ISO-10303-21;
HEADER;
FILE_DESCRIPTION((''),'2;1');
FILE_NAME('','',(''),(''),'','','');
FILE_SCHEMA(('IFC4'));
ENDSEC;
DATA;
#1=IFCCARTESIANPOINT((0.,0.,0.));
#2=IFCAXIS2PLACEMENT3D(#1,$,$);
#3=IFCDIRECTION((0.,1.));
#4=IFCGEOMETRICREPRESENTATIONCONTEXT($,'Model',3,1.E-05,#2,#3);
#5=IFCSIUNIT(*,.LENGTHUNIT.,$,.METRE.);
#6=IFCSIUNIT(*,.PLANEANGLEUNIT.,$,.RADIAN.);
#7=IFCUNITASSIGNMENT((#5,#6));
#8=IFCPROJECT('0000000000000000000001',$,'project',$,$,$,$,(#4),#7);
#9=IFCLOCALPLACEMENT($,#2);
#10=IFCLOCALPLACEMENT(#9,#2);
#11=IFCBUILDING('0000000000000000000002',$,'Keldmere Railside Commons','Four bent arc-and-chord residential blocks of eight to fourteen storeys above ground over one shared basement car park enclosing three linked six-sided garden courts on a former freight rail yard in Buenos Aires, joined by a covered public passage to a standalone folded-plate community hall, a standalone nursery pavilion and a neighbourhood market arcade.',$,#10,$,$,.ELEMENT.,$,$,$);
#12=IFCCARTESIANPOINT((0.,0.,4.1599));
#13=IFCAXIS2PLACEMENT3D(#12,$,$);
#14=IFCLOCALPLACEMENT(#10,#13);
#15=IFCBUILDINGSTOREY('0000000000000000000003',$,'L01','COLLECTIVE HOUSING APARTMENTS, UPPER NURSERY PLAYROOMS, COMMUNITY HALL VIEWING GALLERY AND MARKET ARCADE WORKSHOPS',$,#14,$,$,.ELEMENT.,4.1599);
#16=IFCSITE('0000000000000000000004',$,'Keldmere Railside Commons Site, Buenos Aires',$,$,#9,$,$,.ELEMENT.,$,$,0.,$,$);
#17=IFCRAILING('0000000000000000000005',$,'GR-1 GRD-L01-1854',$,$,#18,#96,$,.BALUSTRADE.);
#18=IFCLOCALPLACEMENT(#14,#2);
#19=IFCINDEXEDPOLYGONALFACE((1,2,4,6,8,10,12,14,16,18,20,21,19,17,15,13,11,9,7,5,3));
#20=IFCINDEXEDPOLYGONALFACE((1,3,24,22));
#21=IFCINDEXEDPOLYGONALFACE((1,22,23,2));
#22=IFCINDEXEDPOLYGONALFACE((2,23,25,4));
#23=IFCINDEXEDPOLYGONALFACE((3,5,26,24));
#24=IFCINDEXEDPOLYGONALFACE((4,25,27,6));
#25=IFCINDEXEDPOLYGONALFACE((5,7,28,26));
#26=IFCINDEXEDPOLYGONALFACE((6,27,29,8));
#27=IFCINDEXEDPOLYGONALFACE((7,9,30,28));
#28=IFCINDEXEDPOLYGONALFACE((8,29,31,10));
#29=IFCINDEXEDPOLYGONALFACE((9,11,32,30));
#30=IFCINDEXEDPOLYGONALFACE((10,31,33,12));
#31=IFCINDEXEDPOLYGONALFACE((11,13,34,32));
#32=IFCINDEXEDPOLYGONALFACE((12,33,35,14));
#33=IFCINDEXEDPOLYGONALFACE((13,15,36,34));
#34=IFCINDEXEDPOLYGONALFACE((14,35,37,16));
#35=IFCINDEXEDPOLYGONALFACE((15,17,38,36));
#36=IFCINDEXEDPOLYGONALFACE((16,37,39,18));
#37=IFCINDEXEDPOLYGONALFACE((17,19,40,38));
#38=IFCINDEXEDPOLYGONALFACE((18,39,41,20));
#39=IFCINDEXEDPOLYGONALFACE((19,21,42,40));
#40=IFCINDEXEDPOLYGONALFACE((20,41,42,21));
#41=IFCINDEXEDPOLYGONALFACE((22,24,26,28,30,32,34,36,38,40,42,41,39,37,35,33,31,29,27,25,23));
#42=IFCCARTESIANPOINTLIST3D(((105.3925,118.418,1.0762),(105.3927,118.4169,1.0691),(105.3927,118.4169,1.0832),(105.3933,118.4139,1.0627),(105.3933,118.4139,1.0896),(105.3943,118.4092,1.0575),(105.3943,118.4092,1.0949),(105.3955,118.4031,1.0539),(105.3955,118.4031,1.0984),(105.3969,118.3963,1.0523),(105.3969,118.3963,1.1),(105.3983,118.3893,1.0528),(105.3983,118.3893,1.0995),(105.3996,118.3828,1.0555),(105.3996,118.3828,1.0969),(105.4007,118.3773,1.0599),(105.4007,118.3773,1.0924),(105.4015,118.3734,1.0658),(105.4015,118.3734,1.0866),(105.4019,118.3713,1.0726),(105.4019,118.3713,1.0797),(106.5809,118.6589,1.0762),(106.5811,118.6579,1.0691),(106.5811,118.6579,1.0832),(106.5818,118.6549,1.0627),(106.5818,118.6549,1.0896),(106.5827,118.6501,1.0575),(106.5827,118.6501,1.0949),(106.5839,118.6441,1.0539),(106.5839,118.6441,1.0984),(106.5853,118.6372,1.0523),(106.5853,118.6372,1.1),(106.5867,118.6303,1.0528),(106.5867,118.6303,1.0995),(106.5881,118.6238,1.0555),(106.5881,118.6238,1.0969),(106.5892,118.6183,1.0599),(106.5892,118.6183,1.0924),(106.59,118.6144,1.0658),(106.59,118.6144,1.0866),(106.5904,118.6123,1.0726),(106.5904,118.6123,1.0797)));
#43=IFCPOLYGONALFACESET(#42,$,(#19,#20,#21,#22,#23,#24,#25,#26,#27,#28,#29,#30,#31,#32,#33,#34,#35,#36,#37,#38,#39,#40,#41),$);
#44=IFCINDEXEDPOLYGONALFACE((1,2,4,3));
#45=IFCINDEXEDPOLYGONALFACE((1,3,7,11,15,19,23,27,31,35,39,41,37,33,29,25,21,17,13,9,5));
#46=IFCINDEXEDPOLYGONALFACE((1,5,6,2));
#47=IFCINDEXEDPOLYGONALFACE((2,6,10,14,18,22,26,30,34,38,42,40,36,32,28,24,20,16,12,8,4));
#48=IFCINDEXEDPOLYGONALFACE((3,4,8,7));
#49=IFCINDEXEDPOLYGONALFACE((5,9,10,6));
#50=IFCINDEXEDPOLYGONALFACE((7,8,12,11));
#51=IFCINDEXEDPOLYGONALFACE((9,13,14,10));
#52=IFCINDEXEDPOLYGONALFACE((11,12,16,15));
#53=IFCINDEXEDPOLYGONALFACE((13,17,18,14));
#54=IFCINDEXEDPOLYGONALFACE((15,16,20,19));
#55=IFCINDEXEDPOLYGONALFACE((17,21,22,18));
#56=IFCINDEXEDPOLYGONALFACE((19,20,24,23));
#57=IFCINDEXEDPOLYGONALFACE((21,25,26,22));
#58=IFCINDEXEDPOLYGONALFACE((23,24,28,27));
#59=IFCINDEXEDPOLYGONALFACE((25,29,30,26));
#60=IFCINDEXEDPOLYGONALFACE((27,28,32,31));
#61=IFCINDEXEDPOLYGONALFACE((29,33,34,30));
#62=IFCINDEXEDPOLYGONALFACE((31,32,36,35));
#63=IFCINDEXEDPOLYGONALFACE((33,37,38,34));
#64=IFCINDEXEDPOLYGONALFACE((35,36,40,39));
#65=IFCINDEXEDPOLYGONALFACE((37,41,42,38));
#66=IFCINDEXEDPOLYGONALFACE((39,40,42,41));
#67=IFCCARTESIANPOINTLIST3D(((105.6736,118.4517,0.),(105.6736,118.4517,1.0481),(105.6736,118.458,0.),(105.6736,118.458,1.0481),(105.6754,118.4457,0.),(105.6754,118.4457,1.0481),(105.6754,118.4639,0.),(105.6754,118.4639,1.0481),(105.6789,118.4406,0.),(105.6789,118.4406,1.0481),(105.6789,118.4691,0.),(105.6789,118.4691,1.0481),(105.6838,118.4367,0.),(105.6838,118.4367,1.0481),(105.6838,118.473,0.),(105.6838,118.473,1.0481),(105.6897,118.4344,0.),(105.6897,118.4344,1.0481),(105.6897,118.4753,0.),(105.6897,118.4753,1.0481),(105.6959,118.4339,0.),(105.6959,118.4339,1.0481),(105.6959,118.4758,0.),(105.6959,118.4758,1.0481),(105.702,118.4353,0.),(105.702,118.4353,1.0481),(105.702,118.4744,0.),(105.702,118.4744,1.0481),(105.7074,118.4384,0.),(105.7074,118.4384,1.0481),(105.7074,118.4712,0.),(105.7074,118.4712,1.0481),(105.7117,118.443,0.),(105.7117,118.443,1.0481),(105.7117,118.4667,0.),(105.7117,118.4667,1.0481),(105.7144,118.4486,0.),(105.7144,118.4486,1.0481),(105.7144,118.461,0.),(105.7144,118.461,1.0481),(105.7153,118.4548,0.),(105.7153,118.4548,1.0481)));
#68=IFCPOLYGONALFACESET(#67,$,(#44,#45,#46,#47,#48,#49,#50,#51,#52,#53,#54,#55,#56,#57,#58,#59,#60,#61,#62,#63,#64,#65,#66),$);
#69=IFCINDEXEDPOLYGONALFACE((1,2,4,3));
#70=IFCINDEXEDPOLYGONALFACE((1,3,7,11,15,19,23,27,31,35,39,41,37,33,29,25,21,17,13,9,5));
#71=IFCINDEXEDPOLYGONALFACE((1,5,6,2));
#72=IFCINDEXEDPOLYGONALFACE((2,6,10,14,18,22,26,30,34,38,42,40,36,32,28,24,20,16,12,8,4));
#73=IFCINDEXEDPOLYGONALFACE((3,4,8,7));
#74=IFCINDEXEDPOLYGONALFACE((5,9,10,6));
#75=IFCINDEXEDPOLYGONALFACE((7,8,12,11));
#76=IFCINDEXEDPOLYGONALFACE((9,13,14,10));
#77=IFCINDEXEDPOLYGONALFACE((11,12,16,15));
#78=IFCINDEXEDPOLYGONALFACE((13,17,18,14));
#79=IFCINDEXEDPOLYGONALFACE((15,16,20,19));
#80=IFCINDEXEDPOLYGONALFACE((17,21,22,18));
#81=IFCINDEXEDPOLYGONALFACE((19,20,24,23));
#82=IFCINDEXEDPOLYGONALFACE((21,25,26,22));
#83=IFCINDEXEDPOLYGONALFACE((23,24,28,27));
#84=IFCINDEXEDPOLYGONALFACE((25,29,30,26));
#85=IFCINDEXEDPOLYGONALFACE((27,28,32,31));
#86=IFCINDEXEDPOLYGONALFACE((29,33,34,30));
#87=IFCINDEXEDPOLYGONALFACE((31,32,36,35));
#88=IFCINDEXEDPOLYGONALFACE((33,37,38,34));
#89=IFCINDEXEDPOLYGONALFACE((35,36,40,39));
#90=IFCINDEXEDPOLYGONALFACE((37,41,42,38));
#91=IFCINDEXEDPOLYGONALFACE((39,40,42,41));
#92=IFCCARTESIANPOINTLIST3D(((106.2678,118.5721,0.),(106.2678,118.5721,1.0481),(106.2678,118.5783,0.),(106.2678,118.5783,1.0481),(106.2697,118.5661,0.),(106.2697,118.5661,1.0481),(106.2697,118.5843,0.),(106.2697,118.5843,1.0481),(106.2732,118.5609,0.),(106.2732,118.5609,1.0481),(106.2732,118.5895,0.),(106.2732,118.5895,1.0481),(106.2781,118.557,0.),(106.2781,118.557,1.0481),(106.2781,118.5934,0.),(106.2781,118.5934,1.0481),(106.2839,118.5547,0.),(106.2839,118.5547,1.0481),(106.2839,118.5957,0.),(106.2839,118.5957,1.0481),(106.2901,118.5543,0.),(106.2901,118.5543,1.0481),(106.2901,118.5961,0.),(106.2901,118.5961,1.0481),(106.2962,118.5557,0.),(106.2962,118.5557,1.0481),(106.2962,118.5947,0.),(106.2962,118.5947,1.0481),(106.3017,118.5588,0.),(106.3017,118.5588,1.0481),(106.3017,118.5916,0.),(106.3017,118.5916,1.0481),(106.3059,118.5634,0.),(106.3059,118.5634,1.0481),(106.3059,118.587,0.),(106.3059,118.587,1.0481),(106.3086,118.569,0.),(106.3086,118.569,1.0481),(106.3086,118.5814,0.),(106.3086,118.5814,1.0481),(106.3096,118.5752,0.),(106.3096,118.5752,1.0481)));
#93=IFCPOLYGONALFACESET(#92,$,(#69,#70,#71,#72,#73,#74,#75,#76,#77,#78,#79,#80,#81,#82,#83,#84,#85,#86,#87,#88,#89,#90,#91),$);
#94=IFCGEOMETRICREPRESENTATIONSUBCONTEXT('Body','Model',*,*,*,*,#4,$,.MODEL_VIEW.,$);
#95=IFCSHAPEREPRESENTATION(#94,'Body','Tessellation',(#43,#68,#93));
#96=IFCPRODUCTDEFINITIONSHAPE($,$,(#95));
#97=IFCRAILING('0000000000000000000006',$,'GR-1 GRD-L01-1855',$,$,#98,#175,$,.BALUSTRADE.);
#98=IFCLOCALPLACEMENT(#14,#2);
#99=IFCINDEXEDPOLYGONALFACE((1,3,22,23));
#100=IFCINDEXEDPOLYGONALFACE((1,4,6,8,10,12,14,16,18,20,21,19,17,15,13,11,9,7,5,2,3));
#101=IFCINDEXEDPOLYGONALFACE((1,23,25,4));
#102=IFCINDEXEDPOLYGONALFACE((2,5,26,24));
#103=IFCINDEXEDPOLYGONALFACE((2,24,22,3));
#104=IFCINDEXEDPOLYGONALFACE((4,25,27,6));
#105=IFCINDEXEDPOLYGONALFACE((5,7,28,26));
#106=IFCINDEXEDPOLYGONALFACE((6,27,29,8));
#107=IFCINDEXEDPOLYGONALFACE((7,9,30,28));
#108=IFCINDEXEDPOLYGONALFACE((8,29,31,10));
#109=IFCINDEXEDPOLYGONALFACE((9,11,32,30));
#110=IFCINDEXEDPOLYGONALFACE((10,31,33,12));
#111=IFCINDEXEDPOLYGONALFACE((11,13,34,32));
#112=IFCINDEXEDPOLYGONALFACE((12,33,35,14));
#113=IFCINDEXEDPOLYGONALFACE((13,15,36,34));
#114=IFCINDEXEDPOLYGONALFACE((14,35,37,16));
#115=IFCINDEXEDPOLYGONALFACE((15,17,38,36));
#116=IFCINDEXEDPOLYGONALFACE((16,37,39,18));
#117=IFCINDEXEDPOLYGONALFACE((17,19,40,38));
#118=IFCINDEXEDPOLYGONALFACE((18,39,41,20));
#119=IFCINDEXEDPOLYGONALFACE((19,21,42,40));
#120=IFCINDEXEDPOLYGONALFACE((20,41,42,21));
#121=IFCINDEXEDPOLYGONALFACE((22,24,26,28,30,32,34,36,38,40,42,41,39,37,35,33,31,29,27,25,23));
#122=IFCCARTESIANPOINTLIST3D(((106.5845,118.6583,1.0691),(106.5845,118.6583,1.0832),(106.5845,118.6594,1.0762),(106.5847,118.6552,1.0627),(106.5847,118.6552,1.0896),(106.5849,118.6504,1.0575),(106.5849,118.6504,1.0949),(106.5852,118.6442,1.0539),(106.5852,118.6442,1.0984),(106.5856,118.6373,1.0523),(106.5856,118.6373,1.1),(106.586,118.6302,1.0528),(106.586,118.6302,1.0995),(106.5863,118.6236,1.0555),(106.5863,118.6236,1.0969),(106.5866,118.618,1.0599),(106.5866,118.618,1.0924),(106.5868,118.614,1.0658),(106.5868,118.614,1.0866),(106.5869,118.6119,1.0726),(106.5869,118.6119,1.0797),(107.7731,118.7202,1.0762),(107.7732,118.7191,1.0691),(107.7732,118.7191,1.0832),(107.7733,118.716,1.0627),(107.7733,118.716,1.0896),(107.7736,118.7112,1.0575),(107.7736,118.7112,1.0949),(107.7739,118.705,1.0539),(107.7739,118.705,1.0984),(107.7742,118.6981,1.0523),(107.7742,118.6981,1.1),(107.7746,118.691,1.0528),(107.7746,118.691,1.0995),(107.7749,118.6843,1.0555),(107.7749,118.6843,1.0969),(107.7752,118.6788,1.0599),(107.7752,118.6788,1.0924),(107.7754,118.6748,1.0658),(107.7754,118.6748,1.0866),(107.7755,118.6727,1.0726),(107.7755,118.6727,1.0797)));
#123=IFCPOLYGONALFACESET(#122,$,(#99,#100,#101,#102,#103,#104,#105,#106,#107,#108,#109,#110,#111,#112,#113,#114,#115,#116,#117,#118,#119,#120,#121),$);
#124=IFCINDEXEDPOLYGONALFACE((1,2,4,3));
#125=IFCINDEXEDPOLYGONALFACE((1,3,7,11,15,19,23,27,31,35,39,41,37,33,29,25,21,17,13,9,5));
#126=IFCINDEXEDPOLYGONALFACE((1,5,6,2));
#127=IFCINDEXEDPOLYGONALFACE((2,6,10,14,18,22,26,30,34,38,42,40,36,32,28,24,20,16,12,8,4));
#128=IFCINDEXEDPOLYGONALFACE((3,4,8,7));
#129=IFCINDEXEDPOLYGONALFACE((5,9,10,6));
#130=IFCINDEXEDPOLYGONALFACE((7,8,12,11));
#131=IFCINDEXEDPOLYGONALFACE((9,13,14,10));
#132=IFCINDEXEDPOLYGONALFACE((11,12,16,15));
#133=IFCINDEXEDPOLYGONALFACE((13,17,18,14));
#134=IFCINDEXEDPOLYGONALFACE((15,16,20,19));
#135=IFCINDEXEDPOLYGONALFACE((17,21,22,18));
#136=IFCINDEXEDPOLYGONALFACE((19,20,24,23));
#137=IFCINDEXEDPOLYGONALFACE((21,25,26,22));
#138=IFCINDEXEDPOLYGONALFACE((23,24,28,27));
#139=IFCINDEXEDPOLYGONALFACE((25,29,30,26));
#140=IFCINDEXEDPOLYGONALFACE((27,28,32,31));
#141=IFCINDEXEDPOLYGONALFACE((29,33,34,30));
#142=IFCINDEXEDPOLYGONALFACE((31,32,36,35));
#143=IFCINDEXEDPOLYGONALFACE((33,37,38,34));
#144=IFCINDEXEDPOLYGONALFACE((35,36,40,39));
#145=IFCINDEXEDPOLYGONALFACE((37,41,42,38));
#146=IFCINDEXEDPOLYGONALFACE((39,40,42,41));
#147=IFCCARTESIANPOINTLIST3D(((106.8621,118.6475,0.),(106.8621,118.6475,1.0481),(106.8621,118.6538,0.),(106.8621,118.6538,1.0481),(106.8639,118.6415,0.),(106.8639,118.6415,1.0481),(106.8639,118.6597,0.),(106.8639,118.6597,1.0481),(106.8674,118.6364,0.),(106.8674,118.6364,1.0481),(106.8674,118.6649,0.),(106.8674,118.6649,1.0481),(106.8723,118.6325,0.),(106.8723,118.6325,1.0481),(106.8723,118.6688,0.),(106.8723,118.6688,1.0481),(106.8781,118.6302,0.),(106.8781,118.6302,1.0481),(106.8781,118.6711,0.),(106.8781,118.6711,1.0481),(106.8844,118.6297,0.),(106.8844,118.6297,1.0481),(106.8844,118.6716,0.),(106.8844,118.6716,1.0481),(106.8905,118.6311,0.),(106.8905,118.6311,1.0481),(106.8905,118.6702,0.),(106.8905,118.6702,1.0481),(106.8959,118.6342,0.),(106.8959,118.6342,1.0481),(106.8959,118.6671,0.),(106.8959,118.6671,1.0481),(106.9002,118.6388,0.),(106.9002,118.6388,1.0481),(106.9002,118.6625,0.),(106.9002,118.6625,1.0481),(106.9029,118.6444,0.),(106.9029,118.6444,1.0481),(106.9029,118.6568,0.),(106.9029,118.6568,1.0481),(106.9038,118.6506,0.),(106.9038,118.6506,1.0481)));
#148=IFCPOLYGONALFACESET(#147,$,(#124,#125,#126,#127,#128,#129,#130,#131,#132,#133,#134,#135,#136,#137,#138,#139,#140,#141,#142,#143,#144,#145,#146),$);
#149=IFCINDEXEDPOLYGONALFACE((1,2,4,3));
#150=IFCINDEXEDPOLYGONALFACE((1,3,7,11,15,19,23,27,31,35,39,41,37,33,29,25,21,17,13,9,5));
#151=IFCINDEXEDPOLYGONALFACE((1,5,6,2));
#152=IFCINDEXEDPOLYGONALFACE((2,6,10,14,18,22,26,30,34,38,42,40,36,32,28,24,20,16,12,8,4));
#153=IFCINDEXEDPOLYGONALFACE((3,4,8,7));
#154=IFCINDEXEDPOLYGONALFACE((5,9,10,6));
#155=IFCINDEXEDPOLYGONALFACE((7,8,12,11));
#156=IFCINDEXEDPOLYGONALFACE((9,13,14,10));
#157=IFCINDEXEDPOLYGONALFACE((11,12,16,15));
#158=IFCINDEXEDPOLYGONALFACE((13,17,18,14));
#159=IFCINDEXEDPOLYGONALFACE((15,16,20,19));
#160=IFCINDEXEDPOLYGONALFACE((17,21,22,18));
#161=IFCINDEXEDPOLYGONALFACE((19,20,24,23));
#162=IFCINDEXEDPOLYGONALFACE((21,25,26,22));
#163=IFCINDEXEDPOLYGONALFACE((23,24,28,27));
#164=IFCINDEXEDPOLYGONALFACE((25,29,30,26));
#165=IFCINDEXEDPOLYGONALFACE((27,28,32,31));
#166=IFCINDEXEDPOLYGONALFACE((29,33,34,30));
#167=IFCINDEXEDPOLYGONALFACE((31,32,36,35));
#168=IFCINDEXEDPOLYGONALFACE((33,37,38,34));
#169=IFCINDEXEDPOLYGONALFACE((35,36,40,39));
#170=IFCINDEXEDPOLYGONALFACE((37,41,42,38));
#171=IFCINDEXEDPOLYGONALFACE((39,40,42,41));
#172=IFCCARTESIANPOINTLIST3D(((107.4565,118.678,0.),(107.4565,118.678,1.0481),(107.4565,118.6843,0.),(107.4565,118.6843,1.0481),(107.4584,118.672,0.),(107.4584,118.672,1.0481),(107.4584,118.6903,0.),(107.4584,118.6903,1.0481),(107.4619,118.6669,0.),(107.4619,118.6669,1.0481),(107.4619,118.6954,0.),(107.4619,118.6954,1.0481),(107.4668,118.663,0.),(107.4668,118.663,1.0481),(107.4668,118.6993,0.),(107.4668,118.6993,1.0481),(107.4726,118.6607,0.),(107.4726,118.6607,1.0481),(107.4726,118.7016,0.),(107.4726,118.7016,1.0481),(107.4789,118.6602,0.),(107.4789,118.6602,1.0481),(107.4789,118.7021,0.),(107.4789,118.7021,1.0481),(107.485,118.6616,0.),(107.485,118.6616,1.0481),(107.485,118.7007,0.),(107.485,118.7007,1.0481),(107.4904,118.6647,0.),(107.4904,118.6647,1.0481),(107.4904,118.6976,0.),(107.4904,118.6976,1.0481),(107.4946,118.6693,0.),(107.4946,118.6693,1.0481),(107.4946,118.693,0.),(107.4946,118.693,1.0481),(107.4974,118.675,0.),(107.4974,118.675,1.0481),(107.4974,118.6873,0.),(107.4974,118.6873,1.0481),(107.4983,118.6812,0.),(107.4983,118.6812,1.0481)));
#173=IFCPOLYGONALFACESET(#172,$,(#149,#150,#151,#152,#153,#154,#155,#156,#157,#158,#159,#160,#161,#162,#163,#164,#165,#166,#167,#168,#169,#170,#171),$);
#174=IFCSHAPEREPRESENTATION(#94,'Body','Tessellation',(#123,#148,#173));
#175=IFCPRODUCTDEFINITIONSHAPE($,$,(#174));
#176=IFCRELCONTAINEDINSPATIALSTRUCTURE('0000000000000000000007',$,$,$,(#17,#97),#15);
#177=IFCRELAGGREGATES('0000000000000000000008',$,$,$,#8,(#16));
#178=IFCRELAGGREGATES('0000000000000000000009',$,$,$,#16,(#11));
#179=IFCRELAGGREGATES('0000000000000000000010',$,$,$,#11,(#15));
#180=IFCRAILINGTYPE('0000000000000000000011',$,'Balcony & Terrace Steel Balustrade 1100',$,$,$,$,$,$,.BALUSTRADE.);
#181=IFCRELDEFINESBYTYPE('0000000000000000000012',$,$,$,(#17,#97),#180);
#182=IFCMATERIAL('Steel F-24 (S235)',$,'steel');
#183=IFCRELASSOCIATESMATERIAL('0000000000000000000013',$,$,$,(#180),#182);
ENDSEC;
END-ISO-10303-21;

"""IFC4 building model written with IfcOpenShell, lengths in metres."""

from ifc_helpers import new_model, si_unit, direction, frame, origin, origin_2d, place, context, subcontext, project, spatial, circle, extrude, material, type_object, element, save


model = new_model("IFC4")

# Units and contexts
model_context = context("Model", 3, precision=1e-05, world=origin(), true_north=direction((0.0, 1.0)))
body_context = subcontext(model_context, "Body", "Model", "MODEL_VIEW")
ifc_project = project(units=[si_unit("LENGTHUNIT", "METRE"), si_unit("PLANEANGLEUNIT", "RADIAN")], contexts=[model_context])

# Site, building, storey
site_placement = place(None, origin())
site = spatial("IfcSite", under=ifc_project, at=site_placement, Name="Keldmere Railside Commons Site, Buenos Aires", CompositionType="ELEMENT", RefElevation=0.0)
building_placement = place(site_placement, origin())
building = spatial("IfcBuilding", under=site, at=building_placement, Name="Keldmere Railside Commons", Description="Four bent arc-and-chord residential blocks of eight to fourteen storeys above ground over one shared basement car park enclosing three linked six-sided garden courts on a former freight rail yard in Buenos Aires, joined by a covered public passage to a standalone folded-plate community hall, a standalone nursery pavilion and a neighbourhood market arcade.", CompositionType="ELEMENT")
storey_placement = place(building_placement, frame((0.0, 0.0, 4.1599)))
storey = spatial("IfcBuildingStorey", under=building, at=storey_placement, Name="L01", Description="COLLECTIVE HOUSING APARTMENTS, UPPER NURSERY PLAYROOMS, COMMUNITY HALL VIEWING GALLERY AND MARKET ARCADE WORKSHOPS", CompositionType="ELEMENT", Elevation=4.1599)

# Railings
ifc_material_1 = material(Name="Steel F-24 (S235)", Category="steel")
railing_type = type_object("IfcRailingType", Name="Balcony & Terrace Steel Balustrade 1100", PredefinedType="BALUSTRADE", material=ifc_material_1)
railing_1_placement = place(storey_placement, frame((105.3972, 118.3945, 0.0)))
element("IfcRailing", 1, at=railing_1_placement, inside=storey, type_object=railing_type, Name="GR-1 GRD-L01-1854", PredefinedType="BALUSTRADE", context=body_context, shape_type="SweptSolid", body=[
    extrude(circle(Radius=0.0239, at=origin_2d()), frame((0.0, 0.0, 1.0762), z_axis=(0.980058, 0.198709, 0.0), x_axis=(-0.198709, 0.980058, 0.0)), (0.0, 0.0, 1.0), 1.2126),
    extrude(circle(Radius=0.021, at=origin_2d()), frame((0.2971, 0.0603, 0.0)), (0.0, 0.0, 1.0), 1.0481),
    extrude(circle(Radius=0.021, at=origin_2d()), frame((0.8914, 0.1807, 0.0)), (0.0, 0.0, 1.0), 1.0481),
])
railing_2_placement = place(storey_placement, frame((106.5857, 118.6355, 0.0)))
element("IfcRailing", 2, at=railing_2_placement, inside=storey, type_object=railing_type, Name="GR-1 GRD-L01-1855", PredefinedType="BALUSTRADE", context=body_context, shape_type="SweptSolid", body=[
    extrude(circle(Radius=0.0239, at=origin_2d()), frame((0.0, 0.0, 1.0762), z_axis=(0.998695, 0.051073, 0.0), x_axis=(-0.051073, 0.998695, 0.0)), (0.0, 0.0, 1.0), 1.1902),
    extrude(circle(Radius=0.021, at=origin_2d()), frame((0.2971, 0.0151, 0.0)), (0.0, 0.0, 1.0), 1.0481),
    extrude(circle(Radius=0.021, at=origin_2d()), frame((0.8916, 0.0457, 0.0)), (0.0, 0.0, 1.0), 1.0481),
])

save(model, "model.ifc")
